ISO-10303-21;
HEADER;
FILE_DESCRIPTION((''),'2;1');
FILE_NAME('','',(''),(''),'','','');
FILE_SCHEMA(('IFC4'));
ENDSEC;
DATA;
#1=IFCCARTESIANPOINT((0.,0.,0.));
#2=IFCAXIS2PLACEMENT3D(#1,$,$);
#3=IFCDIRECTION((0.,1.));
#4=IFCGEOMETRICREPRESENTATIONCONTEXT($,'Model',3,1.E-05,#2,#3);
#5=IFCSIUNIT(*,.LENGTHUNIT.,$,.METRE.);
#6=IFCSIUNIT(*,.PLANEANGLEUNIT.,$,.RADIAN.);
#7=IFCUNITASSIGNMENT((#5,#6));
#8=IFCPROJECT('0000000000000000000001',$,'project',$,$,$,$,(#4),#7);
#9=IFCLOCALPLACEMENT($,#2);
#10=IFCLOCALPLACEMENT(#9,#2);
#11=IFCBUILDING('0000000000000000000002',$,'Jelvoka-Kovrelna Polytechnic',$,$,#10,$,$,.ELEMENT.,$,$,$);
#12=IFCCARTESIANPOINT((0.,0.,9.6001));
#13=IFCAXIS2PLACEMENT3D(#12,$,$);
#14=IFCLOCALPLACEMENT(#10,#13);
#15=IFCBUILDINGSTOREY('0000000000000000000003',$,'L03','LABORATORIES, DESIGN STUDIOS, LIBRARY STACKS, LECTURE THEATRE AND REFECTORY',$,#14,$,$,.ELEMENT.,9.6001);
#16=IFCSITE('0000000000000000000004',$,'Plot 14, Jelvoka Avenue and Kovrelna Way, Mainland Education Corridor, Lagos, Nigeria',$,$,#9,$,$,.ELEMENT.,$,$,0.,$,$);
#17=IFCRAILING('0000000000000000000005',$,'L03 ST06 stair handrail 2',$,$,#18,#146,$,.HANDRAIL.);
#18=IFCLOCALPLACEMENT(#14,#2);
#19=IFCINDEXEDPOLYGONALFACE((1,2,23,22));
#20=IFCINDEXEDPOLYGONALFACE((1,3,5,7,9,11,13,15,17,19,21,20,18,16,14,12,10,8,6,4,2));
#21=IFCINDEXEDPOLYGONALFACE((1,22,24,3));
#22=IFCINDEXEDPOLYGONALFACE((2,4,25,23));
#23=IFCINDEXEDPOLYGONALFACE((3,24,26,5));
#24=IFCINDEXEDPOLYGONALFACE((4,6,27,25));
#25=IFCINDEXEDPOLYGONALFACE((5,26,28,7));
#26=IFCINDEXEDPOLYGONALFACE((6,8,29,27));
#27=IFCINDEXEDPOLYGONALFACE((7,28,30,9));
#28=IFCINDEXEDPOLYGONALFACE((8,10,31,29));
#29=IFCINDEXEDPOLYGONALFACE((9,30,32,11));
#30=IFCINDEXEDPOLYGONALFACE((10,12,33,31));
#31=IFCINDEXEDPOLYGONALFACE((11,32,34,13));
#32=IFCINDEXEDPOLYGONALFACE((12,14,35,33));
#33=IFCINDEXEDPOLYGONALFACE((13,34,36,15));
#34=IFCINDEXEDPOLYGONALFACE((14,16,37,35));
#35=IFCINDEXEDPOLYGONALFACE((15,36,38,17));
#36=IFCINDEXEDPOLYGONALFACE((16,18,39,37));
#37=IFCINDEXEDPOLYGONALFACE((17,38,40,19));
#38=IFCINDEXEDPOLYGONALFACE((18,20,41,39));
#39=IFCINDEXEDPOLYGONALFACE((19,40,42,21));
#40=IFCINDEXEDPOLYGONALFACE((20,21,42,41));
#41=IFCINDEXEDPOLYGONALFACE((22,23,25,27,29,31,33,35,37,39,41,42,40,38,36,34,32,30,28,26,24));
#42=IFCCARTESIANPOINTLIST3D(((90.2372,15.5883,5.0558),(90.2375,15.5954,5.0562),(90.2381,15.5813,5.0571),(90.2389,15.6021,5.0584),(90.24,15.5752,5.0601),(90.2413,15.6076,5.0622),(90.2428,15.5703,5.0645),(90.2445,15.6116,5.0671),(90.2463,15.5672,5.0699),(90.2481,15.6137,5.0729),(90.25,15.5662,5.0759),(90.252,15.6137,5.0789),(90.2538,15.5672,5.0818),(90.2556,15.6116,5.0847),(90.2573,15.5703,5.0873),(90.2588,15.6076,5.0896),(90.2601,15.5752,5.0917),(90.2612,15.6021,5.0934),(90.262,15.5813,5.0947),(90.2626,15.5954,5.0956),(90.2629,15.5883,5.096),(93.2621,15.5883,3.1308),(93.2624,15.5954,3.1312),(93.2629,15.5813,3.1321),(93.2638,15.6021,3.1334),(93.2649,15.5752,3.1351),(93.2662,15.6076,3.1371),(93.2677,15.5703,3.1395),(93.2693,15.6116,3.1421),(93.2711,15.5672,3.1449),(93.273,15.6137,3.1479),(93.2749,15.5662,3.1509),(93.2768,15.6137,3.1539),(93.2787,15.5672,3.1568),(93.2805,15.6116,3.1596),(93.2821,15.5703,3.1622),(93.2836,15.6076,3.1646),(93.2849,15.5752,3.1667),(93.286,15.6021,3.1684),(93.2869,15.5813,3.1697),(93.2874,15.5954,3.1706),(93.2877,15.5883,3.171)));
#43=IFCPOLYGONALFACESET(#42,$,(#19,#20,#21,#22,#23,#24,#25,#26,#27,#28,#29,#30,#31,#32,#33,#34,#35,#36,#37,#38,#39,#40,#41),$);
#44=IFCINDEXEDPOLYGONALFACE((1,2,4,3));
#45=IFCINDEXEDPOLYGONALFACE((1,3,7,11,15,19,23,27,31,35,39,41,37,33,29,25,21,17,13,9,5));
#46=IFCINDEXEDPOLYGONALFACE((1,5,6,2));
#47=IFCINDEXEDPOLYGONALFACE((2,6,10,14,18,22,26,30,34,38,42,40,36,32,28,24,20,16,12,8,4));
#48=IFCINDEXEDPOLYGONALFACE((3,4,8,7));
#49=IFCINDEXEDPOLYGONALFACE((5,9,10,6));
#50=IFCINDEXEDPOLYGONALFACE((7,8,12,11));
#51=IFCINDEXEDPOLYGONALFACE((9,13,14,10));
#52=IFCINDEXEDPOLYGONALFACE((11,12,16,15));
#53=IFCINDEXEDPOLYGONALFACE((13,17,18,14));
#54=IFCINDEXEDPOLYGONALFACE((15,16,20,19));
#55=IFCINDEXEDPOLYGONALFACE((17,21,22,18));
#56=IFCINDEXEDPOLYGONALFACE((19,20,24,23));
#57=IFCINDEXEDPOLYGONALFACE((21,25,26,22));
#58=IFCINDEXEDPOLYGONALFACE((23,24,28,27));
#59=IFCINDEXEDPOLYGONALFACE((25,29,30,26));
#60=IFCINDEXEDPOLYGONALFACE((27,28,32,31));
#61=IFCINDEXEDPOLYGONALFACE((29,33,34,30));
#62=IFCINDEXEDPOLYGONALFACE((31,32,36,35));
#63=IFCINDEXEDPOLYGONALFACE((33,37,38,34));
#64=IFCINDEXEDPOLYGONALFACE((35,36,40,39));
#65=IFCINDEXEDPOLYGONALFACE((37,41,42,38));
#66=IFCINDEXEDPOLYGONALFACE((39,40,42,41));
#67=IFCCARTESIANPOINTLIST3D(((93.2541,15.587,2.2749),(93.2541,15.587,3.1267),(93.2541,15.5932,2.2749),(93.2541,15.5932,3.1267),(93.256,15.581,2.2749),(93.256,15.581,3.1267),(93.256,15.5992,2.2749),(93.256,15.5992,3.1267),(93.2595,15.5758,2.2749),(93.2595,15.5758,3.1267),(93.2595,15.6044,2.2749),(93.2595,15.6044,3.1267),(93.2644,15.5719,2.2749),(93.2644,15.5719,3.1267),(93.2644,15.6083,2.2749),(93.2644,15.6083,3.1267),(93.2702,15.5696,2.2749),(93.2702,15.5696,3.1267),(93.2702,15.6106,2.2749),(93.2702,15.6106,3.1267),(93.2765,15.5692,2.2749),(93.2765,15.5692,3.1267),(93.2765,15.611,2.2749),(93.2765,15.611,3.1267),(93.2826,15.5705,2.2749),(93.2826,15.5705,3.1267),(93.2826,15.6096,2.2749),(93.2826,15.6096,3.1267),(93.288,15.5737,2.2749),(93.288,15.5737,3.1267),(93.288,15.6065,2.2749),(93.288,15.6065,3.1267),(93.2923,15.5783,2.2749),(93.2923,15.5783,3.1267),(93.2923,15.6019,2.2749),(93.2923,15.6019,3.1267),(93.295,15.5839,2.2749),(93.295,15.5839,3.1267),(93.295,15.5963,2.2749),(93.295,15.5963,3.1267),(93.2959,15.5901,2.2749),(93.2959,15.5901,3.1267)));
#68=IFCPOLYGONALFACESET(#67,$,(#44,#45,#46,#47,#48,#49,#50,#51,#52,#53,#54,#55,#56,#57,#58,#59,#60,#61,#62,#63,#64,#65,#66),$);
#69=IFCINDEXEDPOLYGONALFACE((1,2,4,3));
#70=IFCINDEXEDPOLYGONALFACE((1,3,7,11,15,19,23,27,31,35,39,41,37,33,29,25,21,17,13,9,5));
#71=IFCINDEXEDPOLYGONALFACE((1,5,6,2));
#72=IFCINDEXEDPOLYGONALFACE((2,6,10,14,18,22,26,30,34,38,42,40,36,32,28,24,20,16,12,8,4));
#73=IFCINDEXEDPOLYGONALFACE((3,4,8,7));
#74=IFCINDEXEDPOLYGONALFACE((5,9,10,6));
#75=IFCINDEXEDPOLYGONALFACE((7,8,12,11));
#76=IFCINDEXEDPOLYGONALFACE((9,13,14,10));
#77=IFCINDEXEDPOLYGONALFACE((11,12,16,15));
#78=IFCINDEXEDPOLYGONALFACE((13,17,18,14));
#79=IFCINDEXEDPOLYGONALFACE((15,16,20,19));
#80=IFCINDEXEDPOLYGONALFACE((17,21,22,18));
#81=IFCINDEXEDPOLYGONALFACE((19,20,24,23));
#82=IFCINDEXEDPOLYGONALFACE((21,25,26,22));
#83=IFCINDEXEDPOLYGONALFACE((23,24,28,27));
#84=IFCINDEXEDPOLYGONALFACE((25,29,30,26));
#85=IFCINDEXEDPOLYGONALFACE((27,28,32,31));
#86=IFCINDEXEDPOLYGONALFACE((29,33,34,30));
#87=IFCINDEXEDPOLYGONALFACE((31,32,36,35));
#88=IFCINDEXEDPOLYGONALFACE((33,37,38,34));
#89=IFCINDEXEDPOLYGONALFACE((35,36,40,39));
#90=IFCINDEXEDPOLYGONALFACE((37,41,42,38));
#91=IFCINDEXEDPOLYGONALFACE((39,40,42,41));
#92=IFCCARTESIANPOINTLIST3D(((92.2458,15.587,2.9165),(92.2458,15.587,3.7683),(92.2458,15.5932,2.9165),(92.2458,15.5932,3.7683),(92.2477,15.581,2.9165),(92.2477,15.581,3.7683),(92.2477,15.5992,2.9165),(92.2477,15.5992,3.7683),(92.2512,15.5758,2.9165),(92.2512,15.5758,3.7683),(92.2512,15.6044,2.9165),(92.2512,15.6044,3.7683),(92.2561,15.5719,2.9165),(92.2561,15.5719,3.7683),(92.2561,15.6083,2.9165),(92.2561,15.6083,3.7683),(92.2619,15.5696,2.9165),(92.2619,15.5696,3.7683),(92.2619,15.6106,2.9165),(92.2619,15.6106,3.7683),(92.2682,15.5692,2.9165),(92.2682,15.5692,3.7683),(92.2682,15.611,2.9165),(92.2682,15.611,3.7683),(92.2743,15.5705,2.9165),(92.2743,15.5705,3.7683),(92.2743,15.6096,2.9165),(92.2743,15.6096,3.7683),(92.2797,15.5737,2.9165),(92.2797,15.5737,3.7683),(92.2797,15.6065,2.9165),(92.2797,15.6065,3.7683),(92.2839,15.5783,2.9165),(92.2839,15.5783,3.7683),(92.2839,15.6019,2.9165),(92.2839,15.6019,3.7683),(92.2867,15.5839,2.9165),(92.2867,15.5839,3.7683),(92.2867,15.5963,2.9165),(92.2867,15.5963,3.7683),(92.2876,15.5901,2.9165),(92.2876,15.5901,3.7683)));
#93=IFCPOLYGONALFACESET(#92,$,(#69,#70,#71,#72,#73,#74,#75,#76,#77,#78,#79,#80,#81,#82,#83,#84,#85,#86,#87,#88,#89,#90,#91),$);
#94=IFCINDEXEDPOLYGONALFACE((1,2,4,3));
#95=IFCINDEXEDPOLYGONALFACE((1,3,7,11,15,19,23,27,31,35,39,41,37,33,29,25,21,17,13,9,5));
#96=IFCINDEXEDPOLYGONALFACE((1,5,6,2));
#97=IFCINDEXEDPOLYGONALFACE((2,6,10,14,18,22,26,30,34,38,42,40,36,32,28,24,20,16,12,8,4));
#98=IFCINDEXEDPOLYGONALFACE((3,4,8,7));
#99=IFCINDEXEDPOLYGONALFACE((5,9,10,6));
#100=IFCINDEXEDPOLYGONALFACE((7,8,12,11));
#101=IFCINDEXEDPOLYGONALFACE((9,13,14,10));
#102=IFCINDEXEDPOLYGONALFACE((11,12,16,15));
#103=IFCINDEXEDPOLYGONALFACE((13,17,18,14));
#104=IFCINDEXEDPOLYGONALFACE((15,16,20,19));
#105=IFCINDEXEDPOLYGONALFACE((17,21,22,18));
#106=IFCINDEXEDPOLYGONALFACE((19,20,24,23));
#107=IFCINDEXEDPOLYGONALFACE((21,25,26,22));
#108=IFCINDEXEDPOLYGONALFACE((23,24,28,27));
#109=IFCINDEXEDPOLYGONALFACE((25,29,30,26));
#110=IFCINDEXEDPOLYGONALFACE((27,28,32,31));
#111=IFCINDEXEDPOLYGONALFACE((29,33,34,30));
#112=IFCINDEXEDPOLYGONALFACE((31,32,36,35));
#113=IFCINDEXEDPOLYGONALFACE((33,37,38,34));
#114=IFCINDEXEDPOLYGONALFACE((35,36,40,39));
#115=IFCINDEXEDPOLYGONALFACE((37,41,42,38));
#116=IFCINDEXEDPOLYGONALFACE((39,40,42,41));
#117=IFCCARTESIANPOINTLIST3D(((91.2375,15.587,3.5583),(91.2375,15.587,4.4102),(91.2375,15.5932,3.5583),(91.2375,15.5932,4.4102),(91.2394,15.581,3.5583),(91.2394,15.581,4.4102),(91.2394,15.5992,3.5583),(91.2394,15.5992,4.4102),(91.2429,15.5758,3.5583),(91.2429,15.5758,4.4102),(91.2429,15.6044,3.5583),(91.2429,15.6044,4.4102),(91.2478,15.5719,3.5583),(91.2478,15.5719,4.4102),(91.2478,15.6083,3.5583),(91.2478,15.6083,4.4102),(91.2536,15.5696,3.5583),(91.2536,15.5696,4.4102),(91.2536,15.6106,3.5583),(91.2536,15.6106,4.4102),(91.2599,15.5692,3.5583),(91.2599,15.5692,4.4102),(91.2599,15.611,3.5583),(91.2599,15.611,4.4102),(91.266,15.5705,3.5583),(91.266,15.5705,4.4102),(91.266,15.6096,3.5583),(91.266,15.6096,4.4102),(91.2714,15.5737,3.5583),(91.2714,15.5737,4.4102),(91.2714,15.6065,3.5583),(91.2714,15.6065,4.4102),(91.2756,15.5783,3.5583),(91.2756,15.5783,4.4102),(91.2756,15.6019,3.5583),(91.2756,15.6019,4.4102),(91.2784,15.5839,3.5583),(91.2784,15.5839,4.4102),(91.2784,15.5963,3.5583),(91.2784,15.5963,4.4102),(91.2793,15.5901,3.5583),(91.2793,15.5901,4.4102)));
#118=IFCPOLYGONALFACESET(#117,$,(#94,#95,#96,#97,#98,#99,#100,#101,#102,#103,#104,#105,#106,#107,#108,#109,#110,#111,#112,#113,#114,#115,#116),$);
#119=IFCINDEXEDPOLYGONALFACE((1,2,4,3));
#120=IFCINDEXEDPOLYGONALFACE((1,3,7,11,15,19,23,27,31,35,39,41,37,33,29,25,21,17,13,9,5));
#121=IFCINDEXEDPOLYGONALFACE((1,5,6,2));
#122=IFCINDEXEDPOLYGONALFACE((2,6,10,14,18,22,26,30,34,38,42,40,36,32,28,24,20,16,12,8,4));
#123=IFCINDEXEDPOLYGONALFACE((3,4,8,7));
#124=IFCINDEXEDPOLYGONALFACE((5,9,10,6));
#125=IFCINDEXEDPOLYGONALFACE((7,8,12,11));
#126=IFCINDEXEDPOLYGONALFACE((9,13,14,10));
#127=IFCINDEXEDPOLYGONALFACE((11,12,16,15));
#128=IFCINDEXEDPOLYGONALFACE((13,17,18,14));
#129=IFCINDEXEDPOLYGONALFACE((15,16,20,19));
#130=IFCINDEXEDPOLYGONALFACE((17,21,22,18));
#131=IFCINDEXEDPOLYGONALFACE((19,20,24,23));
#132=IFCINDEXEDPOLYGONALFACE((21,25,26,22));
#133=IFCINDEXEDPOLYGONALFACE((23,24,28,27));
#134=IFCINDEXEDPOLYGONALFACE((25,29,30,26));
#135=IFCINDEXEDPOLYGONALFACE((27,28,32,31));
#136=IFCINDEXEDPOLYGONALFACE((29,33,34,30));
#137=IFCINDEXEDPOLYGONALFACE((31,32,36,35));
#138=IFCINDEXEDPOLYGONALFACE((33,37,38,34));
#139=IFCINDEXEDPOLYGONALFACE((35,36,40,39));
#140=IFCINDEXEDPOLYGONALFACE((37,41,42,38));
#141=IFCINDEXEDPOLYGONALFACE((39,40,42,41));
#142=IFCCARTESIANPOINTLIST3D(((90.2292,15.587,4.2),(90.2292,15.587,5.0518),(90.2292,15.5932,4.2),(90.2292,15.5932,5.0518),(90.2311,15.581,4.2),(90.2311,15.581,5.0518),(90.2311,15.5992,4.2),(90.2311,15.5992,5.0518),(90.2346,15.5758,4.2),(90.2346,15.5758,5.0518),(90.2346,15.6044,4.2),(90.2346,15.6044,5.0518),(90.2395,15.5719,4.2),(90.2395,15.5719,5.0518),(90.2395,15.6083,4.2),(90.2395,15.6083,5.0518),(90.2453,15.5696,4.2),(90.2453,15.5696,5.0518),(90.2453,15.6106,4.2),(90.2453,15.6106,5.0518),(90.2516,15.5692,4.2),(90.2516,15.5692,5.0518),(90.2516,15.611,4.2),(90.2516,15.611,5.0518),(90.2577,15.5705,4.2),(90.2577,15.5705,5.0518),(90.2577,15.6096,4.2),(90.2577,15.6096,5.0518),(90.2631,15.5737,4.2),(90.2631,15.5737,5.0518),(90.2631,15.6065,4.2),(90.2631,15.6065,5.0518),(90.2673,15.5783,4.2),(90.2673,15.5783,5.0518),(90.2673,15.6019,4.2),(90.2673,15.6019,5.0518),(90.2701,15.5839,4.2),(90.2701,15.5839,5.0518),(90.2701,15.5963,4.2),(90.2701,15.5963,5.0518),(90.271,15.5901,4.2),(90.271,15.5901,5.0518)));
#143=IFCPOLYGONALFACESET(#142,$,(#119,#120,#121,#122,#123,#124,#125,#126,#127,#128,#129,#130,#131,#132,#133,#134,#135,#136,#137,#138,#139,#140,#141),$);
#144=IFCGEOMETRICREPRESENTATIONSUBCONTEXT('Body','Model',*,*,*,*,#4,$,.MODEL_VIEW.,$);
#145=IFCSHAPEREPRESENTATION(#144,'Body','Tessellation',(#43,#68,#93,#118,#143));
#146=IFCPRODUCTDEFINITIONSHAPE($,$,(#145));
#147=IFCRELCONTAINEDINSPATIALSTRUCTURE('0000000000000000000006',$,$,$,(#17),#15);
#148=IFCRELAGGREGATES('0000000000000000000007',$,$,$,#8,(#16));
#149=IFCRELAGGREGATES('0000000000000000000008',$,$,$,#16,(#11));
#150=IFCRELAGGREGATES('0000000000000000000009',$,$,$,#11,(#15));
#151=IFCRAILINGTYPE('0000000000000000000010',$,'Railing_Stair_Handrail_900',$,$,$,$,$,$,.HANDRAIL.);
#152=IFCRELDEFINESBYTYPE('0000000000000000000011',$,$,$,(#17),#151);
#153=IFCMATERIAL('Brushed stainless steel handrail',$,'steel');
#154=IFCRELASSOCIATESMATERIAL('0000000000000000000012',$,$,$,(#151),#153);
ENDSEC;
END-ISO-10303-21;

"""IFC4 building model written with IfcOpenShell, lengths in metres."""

from ifc_helpers import new_model, si_unit, direction, frame, origin, origin_2d, place, context, subcontext, project, spatial, circle, extrude, material, type_object, element, save


model = new_model("IFC4")

# Units and contexts
model_context = context("Model", 3, precision=1e-05, world=origin(), true_north=direction((0.0, 1.0)))
body_context = subcontext(model_context, "Body", "Model", "MODEL_VIEW")
ifc_project = project(units=[si_unit("LENGTHUNIT", "METRE"), si_unit("PLANEANGLEUNIT", "RADIAN")], contexts=[model_context])

# Site, building, storey
site_placement = place(None, origin())
site = spatial("IfcSite", under=ifc_project, at=site_placement, Name="Plot 14, Jelvoka Avenue and Kovrelna Way, Mainland Education Corridor, Lagos, Nigeria", CompositionType="ELEMENT", RefElevation=0.0)
building_placement = place(site_placement, origin())
building = spatial("IfcBuilding", under=site, at=building_placement, Name="Jelvoka-Kovrelna Polytechnic", CompositionType="ELEMENT")
storey_placement = place(building_placement, frame((0.0, 0.0, 9.6001)))
storey = spatial("IfcBuildingStorey", under=building, at=storey_placement, Name="L03", Description="LABORATORIES, DESIGN STUDIOS, LIBRARY STACKS, LECTURE THEATRE AND REFECTORY", CompositionType="ELEMENT", Elevation=9.6001)

# Railing
ifc_material_1 = material(Name="Brushed stainless steel handrail", Category="steel")
railing_type_1 = type_object("IfcRailingType", Name="Railing_Stair_Handrail_900", PredefinedType="HANDRAIL", material=ifc_material_1)
railing_1_placement = place(storey_placement, frame((93.2749, 15.5901, 2.2749)))
element("IfcRailing", 1, at=railing_1_placement, inside=storey, type_object=railing_type_1, Name="L03 ST06 stair handrail 2", PredefinedType="HANDRAIL", context=body_context, shape_type="SweptSolid", body=[
    extrude(circle(Radius=0.0239, at=origin_2d()), frame((0.0, 0.0, 0.876), z_axis=(-0.843647, 0.0, 0.536898), x_axis=(0.0, -1.0, 0.0)), (0.0, 0.0, 1.0), 3.5854),
    extrude(circle(Radius=0.021, at=origin_2d()), origin(), (0.0, 0.0, 1.0), 0.8518),
    extrude(circle(Radius=0.021, at=origin_2d()), frame((-1.0083, 0.0, 0.6416)), (0.0, 0.0, 1.0), 0.8518),
    extrude(circle(Radius=0.021, at=origin_2d()), frame((-2.0166, 0.0, 1.2834)), (0.0, 0.0, 1.0), 0.8518),
    extrude(circle(Radius=0.021, at=origin_2d()), frame((-3.0249, 0.0, 1.925)), (0.0, 0.0, 1.0), 0.8518),
])

save(model, "model.ifc")
